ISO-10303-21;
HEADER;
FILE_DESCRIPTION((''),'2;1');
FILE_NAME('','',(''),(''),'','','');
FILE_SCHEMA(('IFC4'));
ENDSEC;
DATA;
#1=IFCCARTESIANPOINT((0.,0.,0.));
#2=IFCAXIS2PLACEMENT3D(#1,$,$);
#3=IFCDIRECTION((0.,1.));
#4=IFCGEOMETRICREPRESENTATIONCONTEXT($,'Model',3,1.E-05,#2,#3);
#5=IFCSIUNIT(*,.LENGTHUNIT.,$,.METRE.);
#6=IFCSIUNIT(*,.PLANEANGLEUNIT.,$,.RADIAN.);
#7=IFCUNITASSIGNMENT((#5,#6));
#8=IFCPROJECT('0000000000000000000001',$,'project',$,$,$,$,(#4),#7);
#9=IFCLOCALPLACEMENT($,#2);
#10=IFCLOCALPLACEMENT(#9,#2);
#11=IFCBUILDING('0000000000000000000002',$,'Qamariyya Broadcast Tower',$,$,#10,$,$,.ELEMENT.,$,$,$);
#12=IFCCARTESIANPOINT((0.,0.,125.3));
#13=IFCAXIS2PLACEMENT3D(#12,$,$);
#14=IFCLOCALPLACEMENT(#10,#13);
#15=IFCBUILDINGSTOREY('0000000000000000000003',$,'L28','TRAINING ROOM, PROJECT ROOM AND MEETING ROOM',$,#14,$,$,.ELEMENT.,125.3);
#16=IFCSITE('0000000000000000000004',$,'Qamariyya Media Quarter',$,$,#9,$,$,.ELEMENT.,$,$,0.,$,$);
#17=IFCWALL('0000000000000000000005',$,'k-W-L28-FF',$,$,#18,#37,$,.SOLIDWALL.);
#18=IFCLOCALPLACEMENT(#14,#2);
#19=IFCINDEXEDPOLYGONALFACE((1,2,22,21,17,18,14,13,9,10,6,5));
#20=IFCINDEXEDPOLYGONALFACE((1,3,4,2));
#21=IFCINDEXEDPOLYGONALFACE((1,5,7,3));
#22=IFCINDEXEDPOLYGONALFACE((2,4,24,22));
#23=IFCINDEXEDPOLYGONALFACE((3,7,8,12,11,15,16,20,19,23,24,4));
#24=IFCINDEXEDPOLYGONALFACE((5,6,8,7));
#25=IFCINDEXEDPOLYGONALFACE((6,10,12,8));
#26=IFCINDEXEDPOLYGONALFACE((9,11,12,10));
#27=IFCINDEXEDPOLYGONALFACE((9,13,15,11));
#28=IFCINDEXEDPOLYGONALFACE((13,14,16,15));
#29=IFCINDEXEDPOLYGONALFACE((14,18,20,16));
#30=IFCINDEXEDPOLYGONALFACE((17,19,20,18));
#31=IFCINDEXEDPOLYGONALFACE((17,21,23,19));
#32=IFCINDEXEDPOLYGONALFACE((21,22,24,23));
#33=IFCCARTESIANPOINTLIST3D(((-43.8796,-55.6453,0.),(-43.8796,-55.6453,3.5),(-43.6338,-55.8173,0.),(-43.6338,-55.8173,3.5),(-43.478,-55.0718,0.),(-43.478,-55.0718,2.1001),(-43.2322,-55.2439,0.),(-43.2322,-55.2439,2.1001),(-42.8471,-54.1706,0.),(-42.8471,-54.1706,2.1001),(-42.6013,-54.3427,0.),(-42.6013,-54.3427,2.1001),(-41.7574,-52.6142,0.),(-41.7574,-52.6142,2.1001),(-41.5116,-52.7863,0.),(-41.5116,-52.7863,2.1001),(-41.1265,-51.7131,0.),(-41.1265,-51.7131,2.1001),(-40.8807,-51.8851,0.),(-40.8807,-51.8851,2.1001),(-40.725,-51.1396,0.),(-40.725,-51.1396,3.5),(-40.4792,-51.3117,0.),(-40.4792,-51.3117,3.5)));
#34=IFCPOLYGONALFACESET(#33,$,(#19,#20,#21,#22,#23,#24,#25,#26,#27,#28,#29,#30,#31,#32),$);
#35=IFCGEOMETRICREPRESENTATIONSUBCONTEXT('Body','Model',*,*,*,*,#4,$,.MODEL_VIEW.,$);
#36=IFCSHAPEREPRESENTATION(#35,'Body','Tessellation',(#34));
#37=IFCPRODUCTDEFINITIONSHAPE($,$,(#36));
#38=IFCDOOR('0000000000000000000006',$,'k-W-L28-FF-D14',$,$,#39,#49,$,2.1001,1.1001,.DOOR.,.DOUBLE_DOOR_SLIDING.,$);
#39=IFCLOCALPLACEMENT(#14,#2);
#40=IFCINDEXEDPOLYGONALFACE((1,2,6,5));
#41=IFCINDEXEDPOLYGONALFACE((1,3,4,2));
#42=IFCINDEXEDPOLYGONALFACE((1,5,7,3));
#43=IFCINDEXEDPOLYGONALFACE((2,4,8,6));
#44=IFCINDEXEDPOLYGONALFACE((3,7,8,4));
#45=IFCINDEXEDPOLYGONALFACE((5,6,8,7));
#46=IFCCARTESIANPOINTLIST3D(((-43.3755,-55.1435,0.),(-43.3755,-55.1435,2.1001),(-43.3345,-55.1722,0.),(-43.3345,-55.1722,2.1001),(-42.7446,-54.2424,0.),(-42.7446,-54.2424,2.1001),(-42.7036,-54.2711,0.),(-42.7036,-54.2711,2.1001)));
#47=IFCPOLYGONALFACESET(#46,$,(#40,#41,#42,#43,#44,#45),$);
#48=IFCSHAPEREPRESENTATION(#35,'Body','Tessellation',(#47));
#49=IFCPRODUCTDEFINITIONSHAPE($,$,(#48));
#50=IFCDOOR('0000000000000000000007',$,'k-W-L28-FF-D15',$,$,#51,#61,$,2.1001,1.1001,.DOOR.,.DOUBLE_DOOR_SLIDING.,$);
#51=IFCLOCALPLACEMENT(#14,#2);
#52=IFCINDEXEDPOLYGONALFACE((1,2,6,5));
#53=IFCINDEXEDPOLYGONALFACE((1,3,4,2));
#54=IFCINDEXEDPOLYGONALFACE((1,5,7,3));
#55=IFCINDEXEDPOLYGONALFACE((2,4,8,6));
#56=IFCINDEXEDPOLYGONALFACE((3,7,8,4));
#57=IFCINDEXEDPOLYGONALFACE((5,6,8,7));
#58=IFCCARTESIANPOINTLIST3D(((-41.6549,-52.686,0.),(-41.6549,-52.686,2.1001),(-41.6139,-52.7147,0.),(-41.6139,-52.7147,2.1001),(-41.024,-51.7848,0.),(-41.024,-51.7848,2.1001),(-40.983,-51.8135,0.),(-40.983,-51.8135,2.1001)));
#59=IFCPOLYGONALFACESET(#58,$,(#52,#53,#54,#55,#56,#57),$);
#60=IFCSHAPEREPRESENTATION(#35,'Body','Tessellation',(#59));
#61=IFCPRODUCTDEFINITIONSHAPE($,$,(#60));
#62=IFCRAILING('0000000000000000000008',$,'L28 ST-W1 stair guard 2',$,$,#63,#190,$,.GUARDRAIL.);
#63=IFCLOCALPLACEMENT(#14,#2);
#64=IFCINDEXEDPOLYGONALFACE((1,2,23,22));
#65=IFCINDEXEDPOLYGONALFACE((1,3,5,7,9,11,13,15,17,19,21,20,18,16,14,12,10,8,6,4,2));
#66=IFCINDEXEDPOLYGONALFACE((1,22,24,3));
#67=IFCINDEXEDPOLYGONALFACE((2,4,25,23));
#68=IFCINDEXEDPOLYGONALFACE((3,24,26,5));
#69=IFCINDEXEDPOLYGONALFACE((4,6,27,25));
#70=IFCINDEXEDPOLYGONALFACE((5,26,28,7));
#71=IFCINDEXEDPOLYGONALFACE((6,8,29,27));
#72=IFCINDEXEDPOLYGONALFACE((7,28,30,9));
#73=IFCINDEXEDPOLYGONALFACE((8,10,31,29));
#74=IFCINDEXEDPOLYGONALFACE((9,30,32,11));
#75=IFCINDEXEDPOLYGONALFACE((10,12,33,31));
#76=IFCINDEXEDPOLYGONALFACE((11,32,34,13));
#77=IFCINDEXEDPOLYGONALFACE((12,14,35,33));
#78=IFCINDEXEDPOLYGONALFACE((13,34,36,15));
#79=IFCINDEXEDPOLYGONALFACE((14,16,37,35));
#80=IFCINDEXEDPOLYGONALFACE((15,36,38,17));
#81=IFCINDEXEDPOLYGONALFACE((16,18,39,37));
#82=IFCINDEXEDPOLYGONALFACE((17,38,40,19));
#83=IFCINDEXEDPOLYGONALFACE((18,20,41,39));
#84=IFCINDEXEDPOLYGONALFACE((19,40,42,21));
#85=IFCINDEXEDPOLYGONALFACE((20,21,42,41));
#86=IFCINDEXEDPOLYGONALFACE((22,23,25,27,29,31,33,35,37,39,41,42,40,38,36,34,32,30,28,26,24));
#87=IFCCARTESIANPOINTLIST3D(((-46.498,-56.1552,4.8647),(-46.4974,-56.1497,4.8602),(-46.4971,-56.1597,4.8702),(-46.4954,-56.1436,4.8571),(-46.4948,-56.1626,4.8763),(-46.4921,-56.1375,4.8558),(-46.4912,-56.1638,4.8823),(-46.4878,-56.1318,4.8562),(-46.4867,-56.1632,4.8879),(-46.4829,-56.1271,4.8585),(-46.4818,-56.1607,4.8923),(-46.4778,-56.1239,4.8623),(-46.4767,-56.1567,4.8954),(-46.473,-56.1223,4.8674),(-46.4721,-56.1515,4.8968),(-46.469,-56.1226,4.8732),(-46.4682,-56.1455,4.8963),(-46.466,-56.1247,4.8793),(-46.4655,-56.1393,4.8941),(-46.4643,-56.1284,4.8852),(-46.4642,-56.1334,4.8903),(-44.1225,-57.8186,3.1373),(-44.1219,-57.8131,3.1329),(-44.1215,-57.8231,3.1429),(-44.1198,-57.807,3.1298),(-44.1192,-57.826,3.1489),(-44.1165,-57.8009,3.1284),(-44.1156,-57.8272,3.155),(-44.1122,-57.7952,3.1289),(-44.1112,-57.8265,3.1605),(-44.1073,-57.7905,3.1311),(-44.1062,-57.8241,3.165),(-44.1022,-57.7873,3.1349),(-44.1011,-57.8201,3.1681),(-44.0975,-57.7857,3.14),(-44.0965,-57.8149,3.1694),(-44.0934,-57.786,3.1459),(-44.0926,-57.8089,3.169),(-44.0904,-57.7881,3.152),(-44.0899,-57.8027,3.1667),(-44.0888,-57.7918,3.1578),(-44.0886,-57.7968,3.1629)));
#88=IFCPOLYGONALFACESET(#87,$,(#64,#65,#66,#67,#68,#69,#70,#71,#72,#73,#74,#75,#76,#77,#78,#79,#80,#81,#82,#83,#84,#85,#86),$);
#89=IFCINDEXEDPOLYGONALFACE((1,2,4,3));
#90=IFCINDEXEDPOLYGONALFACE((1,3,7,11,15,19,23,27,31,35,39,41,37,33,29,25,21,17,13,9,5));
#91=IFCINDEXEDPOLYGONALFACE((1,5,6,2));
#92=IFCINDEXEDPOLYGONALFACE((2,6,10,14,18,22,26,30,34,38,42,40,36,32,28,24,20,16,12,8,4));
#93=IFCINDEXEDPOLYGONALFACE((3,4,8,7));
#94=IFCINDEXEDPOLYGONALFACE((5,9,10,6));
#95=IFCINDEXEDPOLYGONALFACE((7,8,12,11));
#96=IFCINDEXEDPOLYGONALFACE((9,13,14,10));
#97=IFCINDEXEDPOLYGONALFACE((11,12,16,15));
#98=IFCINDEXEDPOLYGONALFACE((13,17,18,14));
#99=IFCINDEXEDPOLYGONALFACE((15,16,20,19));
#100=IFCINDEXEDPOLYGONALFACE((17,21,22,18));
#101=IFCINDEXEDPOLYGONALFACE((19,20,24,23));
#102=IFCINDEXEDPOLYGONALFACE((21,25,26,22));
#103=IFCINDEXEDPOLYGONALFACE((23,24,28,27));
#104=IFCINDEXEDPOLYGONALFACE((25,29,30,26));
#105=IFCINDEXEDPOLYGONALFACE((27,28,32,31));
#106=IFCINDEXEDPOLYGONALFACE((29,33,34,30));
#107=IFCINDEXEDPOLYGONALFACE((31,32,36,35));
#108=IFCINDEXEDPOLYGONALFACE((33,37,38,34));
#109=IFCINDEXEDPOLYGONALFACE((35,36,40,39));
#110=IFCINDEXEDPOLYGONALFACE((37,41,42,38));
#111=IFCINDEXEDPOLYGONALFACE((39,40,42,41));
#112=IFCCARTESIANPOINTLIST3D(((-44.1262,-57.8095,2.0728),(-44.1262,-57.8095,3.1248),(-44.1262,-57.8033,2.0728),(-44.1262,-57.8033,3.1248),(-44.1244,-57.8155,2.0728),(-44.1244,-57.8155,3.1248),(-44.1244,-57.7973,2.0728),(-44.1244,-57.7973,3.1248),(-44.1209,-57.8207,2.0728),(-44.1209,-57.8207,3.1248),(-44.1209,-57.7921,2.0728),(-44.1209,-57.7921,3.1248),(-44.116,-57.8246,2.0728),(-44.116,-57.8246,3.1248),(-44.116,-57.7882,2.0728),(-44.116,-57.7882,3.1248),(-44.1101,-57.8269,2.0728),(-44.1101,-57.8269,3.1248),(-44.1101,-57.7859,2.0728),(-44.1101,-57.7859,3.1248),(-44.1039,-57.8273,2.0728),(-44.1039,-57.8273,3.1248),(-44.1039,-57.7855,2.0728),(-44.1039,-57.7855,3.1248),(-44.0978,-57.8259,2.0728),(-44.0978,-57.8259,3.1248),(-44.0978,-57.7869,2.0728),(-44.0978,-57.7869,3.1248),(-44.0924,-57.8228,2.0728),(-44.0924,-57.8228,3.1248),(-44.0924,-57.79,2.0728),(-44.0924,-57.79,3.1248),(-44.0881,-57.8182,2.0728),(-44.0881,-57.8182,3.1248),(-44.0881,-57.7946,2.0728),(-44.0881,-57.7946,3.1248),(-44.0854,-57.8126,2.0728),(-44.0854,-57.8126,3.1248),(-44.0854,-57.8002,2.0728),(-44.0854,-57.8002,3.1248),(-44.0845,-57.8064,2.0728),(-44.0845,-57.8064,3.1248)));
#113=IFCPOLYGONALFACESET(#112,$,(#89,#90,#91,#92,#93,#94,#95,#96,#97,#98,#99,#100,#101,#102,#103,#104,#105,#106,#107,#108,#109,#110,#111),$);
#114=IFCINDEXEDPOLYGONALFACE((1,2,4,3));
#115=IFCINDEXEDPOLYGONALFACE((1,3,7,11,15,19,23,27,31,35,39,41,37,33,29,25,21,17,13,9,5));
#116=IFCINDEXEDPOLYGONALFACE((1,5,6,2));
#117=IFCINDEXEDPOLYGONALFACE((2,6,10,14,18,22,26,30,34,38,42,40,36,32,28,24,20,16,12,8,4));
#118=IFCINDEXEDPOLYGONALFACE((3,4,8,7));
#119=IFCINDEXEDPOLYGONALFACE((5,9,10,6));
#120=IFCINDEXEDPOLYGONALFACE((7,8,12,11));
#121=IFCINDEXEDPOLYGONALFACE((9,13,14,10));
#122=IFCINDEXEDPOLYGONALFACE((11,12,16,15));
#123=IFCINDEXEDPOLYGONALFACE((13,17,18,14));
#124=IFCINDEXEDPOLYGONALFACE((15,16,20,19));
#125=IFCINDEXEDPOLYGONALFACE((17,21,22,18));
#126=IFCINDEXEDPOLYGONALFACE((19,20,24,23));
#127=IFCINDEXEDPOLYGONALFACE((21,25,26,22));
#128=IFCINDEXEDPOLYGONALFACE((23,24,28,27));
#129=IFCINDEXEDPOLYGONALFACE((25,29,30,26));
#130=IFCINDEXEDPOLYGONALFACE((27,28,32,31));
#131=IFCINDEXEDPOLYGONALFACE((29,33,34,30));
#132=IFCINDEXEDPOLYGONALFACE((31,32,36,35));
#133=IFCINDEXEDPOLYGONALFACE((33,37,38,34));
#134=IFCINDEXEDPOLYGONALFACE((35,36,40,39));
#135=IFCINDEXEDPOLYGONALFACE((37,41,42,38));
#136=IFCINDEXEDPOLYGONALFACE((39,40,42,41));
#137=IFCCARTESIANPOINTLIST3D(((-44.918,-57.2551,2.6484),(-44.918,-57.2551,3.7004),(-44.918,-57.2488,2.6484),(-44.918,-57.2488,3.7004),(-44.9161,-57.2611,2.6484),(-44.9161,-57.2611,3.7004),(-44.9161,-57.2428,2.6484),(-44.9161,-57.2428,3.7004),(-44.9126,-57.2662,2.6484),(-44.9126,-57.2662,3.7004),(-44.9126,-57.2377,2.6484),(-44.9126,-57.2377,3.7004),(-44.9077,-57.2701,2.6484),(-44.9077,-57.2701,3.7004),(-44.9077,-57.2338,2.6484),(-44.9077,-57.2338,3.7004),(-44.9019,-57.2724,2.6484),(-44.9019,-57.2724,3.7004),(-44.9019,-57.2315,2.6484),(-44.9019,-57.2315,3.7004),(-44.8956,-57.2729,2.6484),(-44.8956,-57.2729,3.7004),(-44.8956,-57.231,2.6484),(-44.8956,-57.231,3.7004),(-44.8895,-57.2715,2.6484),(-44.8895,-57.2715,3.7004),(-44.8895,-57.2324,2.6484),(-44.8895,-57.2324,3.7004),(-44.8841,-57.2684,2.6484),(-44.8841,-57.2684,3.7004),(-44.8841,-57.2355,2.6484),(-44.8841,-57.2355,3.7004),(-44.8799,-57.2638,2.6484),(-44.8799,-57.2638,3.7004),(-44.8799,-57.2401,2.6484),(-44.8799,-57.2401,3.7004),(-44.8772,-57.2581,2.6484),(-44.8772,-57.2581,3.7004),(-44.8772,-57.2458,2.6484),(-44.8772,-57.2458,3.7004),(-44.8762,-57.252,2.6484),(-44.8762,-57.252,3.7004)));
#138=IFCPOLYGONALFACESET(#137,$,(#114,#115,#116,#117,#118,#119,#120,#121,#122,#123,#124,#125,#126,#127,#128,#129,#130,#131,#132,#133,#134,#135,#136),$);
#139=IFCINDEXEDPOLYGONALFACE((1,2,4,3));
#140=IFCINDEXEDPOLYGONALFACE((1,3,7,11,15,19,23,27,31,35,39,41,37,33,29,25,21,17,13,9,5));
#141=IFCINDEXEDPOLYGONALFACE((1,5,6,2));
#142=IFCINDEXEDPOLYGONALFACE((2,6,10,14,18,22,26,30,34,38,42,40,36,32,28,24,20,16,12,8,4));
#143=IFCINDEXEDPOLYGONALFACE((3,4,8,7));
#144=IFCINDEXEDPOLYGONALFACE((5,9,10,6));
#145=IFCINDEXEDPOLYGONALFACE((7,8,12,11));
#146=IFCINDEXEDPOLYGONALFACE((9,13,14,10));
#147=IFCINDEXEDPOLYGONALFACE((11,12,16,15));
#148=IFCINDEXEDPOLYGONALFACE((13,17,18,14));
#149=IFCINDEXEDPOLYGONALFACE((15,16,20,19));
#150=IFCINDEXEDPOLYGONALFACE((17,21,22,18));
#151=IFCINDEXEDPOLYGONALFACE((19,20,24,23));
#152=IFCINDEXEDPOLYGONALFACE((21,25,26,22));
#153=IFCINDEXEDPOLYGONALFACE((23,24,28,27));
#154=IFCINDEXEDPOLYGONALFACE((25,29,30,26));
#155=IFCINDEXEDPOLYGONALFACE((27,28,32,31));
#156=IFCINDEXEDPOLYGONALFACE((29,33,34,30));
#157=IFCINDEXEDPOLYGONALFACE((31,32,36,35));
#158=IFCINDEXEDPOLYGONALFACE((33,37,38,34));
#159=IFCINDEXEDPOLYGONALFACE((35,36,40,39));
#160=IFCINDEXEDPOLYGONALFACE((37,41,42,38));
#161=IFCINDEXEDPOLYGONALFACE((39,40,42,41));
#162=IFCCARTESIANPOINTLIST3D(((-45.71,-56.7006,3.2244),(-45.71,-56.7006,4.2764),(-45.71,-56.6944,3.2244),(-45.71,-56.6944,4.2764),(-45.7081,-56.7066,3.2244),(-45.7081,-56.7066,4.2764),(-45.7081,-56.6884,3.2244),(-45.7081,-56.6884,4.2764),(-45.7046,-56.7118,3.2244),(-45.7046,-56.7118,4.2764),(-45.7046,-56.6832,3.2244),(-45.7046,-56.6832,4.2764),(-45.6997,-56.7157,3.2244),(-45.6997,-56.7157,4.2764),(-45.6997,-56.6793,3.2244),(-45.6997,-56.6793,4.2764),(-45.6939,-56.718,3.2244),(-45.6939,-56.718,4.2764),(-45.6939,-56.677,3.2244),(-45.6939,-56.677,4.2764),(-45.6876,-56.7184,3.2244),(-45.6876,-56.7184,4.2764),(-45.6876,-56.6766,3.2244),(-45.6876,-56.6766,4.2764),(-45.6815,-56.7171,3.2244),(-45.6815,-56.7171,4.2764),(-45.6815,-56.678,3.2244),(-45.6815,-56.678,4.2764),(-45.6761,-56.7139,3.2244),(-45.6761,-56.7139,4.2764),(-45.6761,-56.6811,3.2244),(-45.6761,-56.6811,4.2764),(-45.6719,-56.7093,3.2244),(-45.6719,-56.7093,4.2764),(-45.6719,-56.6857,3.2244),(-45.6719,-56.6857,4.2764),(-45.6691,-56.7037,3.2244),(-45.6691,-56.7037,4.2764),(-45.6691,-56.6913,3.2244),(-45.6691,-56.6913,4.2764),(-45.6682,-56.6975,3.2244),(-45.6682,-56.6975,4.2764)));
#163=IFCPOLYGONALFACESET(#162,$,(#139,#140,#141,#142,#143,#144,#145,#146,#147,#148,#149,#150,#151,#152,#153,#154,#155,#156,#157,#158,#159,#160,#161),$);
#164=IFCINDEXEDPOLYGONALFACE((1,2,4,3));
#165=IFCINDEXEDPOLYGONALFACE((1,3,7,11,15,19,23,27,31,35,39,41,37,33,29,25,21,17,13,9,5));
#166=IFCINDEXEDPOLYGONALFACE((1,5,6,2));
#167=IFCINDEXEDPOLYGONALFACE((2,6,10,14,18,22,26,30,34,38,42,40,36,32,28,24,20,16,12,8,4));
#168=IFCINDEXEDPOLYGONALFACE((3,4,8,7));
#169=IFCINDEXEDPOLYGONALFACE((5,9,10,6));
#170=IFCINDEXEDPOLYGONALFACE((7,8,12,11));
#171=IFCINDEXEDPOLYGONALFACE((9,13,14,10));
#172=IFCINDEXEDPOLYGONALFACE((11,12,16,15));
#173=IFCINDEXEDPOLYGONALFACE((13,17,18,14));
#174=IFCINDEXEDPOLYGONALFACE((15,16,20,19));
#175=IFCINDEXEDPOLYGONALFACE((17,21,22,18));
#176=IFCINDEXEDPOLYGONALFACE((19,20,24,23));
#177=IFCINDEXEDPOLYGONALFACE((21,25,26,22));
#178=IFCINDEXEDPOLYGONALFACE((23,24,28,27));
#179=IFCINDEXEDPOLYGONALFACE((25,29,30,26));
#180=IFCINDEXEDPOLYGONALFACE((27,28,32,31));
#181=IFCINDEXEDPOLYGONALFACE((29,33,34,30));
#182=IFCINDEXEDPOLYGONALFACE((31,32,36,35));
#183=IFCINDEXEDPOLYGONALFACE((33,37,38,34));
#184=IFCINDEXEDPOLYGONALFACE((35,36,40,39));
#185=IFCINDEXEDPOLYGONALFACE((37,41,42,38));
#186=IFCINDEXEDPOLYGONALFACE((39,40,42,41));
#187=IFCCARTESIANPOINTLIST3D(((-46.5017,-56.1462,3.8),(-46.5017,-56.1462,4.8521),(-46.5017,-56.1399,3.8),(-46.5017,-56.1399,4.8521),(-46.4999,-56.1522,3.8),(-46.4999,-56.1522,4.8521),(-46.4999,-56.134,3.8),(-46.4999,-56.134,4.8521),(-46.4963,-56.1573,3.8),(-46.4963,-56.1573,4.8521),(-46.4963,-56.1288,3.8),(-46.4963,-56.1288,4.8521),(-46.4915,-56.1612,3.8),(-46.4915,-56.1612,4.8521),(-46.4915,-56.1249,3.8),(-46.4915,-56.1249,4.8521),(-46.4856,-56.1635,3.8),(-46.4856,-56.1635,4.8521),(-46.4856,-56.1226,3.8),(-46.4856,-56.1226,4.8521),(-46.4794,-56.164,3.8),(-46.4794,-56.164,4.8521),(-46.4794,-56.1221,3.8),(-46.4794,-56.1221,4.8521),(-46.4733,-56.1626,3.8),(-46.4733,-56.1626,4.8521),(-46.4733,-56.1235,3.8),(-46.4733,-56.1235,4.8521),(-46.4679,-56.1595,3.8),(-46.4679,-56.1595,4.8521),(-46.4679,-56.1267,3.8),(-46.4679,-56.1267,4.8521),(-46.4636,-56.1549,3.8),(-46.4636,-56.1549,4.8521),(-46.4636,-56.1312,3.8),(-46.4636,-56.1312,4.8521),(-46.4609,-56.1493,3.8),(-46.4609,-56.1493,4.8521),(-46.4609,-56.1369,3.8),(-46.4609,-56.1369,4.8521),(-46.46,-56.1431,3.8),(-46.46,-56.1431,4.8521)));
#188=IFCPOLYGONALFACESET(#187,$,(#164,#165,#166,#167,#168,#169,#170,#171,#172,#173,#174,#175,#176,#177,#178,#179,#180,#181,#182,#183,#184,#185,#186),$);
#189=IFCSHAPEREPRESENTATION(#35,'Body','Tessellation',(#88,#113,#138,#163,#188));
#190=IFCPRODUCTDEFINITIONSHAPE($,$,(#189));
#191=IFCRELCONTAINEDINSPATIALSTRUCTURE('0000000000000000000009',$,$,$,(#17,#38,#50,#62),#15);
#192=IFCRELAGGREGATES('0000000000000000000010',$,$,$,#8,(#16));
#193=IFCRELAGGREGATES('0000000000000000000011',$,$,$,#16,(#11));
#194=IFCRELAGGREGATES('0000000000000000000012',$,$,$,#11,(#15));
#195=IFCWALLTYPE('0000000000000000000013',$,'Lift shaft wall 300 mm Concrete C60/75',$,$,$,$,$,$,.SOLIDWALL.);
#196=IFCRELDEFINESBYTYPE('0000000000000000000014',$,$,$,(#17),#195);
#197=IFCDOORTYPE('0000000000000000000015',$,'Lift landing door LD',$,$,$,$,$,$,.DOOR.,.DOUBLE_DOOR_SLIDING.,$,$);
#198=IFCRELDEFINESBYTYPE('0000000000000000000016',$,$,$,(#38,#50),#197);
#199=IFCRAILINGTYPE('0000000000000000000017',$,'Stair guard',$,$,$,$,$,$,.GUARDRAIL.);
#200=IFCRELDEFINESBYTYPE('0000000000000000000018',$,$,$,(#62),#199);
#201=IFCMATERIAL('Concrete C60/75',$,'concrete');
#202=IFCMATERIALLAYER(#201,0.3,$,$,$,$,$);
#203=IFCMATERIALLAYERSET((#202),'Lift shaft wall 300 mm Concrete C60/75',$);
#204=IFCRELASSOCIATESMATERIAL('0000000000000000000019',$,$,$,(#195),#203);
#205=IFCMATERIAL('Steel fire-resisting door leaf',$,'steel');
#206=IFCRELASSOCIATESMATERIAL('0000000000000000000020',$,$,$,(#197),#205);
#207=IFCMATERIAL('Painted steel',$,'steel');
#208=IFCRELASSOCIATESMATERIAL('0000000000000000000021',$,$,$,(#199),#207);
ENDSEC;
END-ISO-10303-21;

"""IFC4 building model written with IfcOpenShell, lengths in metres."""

from ifc_helpers import new_model, si_unit, direction, frame, frame_2d, origin, origin_2d, place, context, subcontext, project, spatial, rectangle, circle, extrude, material, layer, layer_set, type_object, element, fill, save


model = new_model("IFC4")

# Units and contexts
model_context = context("Model", 3, precision=1e-05, world=origin(), true_north=direction((0.0, 1.0)))
body_context = subcontext(model_context, "Body", "Model", "MODEL_VIEW")
ifc_project = project(units=[si_unit("LENGTHUNIT", "METRE"), si_unit("PLANEANGLEUNIT", "RADIAN")], contexts=[model_context])

# Site, building, storey
site_placement = place(None, origin())
site = spatial("IfcSite", under=ifc_project, at=site_placement, Name="Qamariyya Media Quarter", CompositionType="ELEMENT", RefElevation=0.0)
building_placement = place(site_placement, origin())
building = spatial("IfcBuilding", under=site, at=building_placement, Name="Qamariyya Broadcast Tower", CompositionType="ELEMENT")
storey_placement = place(building_placement, frame((0.0, 0.0, 125.3)))
storey = spatial("IfcBuildingStorey", under=building, at=storey_placement, Name="L28", Description="TRAINING ROOM, PROJECT ROOM AND MEETING ROOM", CompositionType="ELEMENT", Elevation=125.3)

# Shared definitions
ifc_material_1 = material(Name="Concrete C60/75", Category="concrete")
ifc_layer_1 = layer(ifc_material_1, 0.3)
ifc_layer_set_1 = layer_set([ifc_layer_1], Name="Lift shaft wall 300 mm Concrete C60/75")
wall_type_1 = type_object("IfcWallType", Name="Lift shaft wall 300 mm Concrete C60/75", PredefinedType="SOLIDWALL", material=ifc_layer_set_1)

# Shared definitions
ifc_material_2 = material(Name="Steel fire-resisting door leaf", Category="steel")

# Wall, openings, doors
wall_1_placement = place(storey_placement, frame((-43.7566, -55.7312, 0.0), z_axis=(0.0, 0.0, 1.0), x_axis=(0.573537, 0.81918, 0.0)))
wall_1 = element("IfcWall", 1, at=wall_1_placement, inside=storey, type_object=wall_type_1, Name="k-W-L28-FF", PredefinedType="SOLIDWALL", context=body_context, shape_type="SweptSolid", body=[
    extrude(rectangle(XDim=5.5002, YDim=0.3, at=frame_2d((2.75, 0.0))), origin(), (0.0, 0.0, 1.0), 3.5),
])
opening_1_placement = place(wall_1_placement, frame((0.7, 0.0, 0.0)))
opening_1 = element("IfcOpeningElement", 2, at=opening_1_placement, cuts=wall_1, PredefinedType="OPENING", context=body_context, shape_type="SweptSolid", body=[
    extrude(rectangle(XDim=1.1001, YDim=2.1001, at=frame_2d((0.55, 1.05))), frame((0.0, 0.1599, 0.0), z_axis=(0.0, -1.0, 0.0), x_axis=(1.0, 0.0, 0.0)), (0.0, 0.0, 1.0), 0.3201),
])
opening_2_placement = place(wall_1_placement, frame((3.7, 0.0, 0.0)))
opening_2 = element("IfcOpeningElement", 3, at=opening_2_placement, cuts=wall_1, PredefinedType="OPENING", context=body_context, shape_type="SweptSolid", body=[
    extrude(rectangle(XDim=1.1001, YDim=2.1001, at=frame_2d((0.55, 1.05))), frame((0.0, 0.1599, 0.0), z_axis=(0.0, -1.0, 0.0), x_axis=(1.0, 0.0, 0.0)), (0.0, 0.0, 1.0), 0.3201),
])
door_type_1 = type_object("IfcDoorType", Name="Lift landing door LD", OperationType="DOUBLE_DOOR_SLIDING", PredefinedType="DOOR", material=ifc_material_2)
door_1_placement = place(opening_1_placement, origin())
door_1 = element("IfcDoor", 4, at=door_1_placement, inside=storey, type_object=door_type_1, Name="k-W-L28-FF-D14", OperationType="DOUBLE_DOOR_SLIDING", OverallHeight=2.1001, OverallWidth=1.1001, PredefinedType="DOOR", context=body_context, shape_type="SweptSolid", body=[
    extrude(rectangle(XDim=1.1001, YDim=2.1001, at=frame_2d((0.55, 1.05))), frame((0.0, 0.0249, 0.0), z_axis=(0.0, -1.0, 0.0), x_axis=(1.0, 0.0, 0.0)), (0.0, 0.0, 1.0), 0.05),
])
fill(opening_1, door_1)
door_2_placement = place(opening_2_placement, origin())
door_2 = element("IfcDoor", 5, at=door_2_placement, inside=storey, type_object=door_type_1, Name="k-W-L28-FF-D15", OperationType="DOUBLE_DOOR_SLIDING", OverallHeight=2.1001, OverallWidth=1.1001, PredefinedType="DOOR", context=body_context, shape_type="SweptSolid", body=[
    extrude(rectangle(XDim=1.1001, YDim=2.1001, at=frame_2d((0.55, 1.05))), frame((0.0, 0.0249, 0.0), z_axis=(0.0, -1.0, 0.0), x_axis=(1.0, 0.0, 0.0)), (0.0, 0.0, 1.0), 0.05),
])
fill(opening_2, door_2)

# Railing
ifc_material_3 = material(Name="Painted steel", Category="steel")
railing_type_1 = type_object("IfcRailingType", Name="Stair guard", PredefinedType="GUARDRAIL", material=ifc_material_3)
railing_1_placement = place(storey_placement, frame((-44.1055, -57.8064, 2.0728)))
element("IfcRailing", 6, at=railing_1_placement, inside=storey, type_object=railing_type_1, Name="L28 ST-W1 stair guard 2", PredefinedType="GUARDRAIL", context=body_context, shape_type="SweptSolid", body=[
    extrude(circle(Radius=0.0239, at=origin_2d()), frame((0.0, 0.0, 1.0762), z_axis=(-0.70377, 0.492784, 0.511734), x_axis=(-0.573575, -0.819153, 0.0)), (0.0, 0.0, 1.0), 3.3755),
    extrude(circle(Radius=0.021, at=origin_2d()), origin(), (0.0, 0.0, 1.0), 1.052),
    extrude(circle(Radius=0.021, at=origin_2d()), frame((-0.7917, 0.5544, 0.5757)), (0.0, 0.0, 1.0), 1.052),
    extrude(circle(Radius=0.021, at=origin_2d()), frame((-1.5837, 1.1089, 1.1516)), (0.0, 0.0, 1.0), 1.052),
    extrude(circle(Radius=0.021, at=origin_2d()), frame((-2.3755, 1.6633, 1.7273)), (0.0, 0.0, 1.0), 1.052),
])

save(model, "model.ifc")
